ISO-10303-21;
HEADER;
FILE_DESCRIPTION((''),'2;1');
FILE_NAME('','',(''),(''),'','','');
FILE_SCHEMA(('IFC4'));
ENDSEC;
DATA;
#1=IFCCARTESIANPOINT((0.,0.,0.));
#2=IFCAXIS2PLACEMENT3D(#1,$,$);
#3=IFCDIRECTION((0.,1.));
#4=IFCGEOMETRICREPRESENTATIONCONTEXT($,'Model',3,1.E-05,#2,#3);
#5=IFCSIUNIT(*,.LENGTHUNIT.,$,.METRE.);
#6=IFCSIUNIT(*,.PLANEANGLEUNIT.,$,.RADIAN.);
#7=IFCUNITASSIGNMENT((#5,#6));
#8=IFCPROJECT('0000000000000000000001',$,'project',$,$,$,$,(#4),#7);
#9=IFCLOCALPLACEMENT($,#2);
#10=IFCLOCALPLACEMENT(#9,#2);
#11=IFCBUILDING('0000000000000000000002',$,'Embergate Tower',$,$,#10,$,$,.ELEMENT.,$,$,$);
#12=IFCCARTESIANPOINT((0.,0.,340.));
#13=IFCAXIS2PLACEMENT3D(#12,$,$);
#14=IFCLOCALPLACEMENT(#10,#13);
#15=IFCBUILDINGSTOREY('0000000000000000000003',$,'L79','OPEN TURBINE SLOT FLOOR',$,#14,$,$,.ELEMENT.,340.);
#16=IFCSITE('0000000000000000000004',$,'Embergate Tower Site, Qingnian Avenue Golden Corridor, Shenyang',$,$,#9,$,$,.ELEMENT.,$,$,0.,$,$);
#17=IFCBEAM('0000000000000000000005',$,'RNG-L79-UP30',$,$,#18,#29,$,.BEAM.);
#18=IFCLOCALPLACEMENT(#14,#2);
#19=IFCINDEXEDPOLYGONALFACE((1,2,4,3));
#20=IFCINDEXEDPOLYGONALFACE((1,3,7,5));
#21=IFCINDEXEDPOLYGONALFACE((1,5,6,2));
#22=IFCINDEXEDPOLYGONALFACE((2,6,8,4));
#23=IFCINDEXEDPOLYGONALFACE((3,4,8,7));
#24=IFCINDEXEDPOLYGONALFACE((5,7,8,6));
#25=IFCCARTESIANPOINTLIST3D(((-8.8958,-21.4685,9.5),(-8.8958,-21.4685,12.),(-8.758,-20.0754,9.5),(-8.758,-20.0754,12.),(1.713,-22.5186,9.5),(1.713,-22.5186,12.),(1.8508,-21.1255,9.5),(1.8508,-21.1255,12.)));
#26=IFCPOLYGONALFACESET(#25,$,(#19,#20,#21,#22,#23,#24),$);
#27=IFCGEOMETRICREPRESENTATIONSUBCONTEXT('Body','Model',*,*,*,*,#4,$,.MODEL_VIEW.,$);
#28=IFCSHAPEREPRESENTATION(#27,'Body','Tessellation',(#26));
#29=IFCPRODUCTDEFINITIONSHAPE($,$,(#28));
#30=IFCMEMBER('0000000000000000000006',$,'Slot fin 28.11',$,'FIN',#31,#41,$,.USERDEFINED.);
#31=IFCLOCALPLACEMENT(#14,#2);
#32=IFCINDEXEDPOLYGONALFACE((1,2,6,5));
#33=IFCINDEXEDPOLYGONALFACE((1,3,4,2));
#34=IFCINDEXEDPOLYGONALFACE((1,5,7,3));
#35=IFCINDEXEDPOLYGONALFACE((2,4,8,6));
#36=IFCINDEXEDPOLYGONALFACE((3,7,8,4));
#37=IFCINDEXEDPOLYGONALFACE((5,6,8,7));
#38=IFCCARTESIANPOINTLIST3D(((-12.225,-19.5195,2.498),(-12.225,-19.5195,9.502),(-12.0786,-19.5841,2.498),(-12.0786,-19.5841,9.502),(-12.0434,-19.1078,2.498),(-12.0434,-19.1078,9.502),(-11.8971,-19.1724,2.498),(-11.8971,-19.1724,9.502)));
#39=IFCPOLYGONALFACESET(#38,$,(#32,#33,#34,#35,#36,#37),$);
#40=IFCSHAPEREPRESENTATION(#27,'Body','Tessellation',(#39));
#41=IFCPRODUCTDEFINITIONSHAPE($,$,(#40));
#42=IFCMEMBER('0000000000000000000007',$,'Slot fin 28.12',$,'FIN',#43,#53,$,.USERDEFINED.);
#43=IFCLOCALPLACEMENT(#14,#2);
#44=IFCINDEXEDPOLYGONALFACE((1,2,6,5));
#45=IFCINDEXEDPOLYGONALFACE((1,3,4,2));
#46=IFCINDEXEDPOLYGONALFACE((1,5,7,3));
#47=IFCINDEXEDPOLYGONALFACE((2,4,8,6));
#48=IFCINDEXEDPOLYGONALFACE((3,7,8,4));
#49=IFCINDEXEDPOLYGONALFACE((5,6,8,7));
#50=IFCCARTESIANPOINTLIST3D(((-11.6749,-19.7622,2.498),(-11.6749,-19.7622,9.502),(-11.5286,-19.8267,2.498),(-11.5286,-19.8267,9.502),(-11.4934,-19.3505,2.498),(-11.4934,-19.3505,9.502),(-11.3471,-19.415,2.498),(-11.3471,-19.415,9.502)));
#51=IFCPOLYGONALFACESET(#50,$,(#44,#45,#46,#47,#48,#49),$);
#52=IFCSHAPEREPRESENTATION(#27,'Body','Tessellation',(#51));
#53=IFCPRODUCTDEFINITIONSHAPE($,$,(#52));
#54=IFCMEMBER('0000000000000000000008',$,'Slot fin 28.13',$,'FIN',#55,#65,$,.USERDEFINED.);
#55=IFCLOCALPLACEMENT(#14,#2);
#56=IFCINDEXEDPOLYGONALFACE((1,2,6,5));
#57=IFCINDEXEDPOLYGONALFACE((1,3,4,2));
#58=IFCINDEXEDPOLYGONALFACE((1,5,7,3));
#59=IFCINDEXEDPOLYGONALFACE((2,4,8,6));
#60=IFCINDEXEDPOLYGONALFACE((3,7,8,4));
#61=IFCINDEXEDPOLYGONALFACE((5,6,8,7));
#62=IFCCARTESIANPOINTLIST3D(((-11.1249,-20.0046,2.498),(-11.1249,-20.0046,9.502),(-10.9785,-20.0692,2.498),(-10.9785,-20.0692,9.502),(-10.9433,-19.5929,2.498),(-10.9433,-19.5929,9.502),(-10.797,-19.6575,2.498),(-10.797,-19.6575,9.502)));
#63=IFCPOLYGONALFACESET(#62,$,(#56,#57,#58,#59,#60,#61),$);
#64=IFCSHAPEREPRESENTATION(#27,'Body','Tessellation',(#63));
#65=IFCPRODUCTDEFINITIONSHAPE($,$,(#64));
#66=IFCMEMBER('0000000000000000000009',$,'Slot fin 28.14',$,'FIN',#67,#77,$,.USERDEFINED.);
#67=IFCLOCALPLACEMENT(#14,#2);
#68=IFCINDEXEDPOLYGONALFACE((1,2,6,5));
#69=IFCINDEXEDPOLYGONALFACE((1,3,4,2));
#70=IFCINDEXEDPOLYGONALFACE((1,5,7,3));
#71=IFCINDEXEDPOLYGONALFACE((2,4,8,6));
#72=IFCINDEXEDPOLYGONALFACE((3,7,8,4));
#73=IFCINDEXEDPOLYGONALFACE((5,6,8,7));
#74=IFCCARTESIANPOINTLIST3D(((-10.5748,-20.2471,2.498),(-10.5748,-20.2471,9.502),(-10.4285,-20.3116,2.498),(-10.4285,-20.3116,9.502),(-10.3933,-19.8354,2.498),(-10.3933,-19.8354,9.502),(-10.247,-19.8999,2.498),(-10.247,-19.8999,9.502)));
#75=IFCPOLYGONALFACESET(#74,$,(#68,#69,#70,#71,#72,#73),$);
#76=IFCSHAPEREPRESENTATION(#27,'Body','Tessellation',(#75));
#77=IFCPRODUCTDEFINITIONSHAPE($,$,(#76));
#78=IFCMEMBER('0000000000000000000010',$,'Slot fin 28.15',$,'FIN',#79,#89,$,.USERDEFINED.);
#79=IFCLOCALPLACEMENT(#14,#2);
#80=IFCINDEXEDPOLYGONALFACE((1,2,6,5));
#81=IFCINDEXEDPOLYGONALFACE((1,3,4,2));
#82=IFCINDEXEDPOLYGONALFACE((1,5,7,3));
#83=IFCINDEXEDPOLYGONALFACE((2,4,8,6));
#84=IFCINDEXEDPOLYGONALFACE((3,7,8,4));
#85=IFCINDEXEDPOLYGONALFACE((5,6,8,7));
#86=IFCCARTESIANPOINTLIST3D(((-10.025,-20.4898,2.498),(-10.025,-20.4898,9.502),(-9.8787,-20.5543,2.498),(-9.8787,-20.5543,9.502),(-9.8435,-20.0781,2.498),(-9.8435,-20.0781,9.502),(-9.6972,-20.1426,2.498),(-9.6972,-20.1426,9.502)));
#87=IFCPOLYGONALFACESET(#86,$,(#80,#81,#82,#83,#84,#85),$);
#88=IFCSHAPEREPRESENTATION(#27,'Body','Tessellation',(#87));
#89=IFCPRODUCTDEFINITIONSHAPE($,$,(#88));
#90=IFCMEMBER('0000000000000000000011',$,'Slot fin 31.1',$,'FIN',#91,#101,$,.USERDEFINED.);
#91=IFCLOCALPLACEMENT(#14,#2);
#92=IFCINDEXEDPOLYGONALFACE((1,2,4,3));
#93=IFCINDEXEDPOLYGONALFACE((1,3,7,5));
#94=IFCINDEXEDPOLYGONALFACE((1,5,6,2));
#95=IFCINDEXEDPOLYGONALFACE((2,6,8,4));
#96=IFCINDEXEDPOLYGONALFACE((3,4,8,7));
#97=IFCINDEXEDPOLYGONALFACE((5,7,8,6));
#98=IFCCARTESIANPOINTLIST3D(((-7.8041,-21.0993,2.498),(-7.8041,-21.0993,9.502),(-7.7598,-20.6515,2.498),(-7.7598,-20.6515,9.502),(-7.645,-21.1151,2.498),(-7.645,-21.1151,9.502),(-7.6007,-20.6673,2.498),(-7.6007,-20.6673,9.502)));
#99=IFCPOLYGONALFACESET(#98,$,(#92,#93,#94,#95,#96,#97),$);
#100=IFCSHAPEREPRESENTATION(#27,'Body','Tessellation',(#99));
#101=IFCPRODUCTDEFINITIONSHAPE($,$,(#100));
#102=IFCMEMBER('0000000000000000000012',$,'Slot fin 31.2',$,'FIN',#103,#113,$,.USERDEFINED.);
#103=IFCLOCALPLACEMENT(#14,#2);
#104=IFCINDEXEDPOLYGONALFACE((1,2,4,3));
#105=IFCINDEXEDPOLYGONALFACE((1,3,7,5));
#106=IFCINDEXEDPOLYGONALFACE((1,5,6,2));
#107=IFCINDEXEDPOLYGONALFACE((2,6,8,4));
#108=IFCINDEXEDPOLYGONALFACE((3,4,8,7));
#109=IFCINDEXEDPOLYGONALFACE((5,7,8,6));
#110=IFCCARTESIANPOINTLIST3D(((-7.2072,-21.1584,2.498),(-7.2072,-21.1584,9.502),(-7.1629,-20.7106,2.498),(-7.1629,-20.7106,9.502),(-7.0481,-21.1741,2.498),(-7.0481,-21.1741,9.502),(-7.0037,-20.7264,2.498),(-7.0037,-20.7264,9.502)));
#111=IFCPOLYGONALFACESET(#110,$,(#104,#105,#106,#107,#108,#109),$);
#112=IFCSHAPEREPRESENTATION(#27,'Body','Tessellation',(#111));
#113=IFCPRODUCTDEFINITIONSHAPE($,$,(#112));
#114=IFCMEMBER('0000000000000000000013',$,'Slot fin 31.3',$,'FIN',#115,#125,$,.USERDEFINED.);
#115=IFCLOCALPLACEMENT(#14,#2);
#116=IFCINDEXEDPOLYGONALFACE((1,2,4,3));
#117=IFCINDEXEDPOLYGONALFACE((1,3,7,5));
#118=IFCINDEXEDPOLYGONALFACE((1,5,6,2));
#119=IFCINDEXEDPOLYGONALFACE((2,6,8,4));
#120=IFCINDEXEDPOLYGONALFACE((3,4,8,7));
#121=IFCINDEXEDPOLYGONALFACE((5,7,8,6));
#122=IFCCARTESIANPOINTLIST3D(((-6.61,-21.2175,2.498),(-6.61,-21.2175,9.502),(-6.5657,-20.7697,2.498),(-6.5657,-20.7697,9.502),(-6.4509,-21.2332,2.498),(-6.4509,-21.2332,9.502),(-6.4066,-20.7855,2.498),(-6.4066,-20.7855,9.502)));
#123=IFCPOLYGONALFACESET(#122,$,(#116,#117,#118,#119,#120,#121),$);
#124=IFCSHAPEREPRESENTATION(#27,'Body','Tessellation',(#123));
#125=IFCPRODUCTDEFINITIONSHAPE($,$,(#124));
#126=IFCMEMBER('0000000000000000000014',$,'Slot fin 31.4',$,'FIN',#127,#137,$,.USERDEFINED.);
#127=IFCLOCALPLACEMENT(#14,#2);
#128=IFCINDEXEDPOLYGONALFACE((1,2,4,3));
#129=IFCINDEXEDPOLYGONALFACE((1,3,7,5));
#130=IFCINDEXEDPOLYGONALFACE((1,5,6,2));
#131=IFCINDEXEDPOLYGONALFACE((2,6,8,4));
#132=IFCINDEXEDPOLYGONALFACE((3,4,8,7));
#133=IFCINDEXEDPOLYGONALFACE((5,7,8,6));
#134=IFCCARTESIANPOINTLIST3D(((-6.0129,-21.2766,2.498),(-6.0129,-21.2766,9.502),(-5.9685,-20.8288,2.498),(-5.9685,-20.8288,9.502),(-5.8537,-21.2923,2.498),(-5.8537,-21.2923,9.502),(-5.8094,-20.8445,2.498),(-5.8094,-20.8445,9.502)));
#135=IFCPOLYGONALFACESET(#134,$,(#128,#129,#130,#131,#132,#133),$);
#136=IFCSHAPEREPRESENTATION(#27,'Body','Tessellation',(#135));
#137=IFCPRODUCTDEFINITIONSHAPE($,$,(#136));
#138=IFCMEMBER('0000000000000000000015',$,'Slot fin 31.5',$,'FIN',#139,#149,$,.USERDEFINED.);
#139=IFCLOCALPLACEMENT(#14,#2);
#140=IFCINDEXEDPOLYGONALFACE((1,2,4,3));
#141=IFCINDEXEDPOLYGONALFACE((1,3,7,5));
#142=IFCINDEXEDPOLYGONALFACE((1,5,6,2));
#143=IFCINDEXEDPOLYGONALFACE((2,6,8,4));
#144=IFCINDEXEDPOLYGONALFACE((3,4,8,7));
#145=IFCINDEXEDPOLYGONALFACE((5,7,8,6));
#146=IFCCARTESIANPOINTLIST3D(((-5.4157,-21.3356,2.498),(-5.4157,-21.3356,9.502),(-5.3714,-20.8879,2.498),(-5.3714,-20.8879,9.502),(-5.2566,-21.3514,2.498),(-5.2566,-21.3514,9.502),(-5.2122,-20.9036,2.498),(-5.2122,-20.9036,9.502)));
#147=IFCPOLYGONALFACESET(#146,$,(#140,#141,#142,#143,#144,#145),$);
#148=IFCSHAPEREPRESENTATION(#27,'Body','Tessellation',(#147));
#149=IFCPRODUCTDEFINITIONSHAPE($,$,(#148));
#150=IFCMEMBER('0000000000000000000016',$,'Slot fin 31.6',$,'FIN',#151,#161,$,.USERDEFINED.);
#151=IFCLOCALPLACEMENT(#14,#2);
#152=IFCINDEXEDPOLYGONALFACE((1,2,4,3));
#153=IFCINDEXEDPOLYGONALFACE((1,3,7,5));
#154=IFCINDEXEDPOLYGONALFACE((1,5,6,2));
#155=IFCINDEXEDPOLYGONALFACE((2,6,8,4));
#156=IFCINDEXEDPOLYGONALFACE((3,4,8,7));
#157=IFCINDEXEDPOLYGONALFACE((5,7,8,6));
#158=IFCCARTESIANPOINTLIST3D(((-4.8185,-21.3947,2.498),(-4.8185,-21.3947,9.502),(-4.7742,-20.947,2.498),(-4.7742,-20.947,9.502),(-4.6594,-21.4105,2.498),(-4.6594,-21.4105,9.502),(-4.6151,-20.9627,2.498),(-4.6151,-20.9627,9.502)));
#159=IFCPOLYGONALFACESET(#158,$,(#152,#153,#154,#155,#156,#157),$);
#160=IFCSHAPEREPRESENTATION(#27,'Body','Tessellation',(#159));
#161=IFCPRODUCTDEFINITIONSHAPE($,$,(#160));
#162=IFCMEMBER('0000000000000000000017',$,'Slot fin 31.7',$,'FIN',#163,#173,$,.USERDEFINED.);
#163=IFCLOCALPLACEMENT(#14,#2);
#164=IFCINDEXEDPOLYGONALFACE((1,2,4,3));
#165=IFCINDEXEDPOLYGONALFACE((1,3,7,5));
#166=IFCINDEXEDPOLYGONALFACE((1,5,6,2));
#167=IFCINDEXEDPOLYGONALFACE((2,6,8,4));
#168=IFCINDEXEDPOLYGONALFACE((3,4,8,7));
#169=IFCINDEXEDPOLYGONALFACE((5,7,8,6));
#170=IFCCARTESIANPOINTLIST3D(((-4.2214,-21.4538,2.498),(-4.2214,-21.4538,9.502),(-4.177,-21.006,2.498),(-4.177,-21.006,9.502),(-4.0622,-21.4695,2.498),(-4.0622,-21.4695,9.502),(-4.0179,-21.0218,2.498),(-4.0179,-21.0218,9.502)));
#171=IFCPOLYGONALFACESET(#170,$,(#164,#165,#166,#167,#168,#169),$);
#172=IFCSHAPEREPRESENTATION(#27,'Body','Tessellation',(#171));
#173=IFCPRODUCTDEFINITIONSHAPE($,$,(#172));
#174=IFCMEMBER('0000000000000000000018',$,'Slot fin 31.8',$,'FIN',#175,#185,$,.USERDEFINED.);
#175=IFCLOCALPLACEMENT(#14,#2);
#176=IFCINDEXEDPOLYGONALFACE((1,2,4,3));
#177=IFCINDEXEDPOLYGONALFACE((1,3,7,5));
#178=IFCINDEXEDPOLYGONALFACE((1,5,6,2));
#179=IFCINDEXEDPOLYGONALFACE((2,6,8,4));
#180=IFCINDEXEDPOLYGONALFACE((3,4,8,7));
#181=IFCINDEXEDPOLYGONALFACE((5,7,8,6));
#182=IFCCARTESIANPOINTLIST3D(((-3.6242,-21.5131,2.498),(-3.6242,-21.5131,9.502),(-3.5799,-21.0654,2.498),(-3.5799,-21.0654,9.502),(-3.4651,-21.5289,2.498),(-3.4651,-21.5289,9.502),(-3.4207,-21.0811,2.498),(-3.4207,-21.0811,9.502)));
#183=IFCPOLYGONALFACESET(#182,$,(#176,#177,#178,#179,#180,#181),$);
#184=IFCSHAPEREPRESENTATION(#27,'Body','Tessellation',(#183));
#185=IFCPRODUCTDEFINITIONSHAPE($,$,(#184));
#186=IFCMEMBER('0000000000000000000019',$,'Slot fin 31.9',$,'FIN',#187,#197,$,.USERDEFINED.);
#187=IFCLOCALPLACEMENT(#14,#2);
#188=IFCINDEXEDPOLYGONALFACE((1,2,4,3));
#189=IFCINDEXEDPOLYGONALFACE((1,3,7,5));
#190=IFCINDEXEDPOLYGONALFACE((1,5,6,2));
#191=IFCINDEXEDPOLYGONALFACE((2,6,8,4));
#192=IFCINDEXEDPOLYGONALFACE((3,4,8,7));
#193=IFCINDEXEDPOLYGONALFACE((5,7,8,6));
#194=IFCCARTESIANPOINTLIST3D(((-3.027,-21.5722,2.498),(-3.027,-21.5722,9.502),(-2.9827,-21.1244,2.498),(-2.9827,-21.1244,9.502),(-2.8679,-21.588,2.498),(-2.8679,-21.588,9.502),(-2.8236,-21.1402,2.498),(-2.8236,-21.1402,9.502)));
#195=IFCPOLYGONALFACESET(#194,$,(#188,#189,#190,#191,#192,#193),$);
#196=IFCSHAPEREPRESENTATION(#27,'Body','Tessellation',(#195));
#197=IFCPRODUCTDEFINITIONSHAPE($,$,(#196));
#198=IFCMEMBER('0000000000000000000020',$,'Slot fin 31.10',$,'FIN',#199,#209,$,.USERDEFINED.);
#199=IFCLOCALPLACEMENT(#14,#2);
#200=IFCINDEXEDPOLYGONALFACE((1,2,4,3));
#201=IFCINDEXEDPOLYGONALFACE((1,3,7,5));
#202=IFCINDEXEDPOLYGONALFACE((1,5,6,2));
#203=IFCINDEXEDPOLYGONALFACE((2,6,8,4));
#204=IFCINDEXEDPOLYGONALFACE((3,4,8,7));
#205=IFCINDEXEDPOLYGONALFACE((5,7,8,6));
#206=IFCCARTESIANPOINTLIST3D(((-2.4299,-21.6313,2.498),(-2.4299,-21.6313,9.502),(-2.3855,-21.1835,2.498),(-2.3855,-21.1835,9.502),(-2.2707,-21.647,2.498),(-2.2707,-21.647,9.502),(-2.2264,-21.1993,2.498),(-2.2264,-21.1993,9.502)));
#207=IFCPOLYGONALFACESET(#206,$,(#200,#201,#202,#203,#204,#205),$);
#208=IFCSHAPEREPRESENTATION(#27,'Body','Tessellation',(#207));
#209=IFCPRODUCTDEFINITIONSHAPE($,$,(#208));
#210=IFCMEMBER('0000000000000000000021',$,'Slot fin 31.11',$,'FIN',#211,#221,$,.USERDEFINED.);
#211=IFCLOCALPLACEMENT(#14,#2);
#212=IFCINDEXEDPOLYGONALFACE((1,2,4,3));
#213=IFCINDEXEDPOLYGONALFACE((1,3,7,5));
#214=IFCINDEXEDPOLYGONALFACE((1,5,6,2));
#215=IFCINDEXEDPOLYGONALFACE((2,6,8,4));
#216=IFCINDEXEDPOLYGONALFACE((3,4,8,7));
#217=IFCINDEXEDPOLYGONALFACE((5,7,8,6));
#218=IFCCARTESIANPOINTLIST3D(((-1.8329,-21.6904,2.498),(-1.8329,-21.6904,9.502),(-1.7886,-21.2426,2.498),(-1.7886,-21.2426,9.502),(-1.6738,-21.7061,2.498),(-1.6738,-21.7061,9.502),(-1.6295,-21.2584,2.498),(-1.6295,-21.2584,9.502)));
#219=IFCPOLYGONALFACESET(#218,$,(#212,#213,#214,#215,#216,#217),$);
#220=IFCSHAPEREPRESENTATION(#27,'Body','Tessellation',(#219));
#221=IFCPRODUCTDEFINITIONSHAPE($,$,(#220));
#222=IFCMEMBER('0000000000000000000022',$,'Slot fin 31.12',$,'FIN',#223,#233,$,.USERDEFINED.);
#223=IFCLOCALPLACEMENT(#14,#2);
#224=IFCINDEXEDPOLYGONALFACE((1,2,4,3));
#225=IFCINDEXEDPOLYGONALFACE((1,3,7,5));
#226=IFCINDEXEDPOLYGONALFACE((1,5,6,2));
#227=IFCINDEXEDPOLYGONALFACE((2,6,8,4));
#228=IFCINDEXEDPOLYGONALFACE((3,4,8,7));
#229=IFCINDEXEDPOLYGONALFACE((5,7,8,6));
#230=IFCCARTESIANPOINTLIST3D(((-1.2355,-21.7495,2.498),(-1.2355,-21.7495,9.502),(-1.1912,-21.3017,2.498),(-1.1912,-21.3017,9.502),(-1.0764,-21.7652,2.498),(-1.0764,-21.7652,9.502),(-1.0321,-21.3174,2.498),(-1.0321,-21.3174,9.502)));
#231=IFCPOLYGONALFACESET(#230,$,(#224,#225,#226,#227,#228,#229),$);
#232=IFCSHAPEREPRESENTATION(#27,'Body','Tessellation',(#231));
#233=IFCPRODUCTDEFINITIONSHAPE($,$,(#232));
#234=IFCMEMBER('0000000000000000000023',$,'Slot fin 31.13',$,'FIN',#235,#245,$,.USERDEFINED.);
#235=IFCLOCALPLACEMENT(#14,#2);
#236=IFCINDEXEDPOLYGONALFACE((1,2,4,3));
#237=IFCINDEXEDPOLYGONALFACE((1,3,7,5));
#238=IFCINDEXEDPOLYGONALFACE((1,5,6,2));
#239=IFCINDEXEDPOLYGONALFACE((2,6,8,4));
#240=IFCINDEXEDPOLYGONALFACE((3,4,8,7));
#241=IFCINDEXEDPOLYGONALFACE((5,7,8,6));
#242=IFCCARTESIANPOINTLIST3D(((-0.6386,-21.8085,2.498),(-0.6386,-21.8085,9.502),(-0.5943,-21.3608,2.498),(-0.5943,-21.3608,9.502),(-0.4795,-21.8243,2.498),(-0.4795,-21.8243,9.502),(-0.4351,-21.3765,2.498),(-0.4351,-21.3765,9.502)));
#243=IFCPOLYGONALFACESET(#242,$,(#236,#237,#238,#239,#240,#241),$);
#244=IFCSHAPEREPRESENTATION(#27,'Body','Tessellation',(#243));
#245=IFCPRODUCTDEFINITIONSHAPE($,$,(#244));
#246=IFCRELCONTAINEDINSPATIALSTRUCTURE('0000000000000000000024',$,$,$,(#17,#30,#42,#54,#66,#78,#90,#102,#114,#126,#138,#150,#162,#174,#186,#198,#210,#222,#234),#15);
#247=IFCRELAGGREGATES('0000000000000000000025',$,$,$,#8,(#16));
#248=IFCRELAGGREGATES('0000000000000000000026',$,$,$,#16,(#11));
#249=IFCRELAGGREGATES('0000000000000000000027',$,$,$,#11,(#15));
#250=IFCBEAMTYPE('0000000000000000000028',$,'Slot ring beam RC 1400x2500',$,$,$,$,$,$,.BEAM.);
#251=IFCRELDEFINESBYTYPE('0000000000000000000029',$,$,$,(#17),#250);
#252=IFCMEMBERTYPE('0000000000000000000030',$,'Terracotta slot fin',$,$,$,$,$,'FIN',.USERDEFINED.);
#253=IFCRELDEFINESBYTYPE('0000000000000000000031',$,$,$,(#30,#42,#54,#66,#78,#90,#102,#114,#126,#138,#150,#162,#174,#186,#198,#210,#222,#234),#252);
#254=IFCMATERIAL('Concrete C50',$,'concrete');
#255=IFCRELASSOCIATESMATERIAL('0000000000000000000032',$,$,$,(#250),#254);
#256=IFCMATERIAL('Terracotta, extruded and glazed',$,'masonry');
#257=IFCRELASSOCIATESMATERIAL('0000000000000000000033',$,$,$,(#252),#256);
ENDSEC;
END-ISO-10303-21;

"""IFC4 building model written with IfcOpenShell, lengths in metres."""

from ifc_helpers import new_model, si_unit, direction, frame, origin, origin_2d, place, context, subcontext, project, spatial, rectangle, extrude, source, transform, mapped, material, material_profile, profile_set, type_object, element, save


model = new_model("IFC4")

# Units and contexts
model_context = context("Model", 3, precision=1e-05, world=origin(), true_north=direction((0.0, 1.0)))
body_context = subcontext(model_context, "Body", "Model", "MODEL_VIEW")
ifc_project = project(units=[si_unit("LENGTHUNIT", "METRE"), si_unit("PLANEANGLEUNIT", "RADIAN")], contexts=[model_context])

# Site, building, storey
site_placement = place(None, origin())
site = spatial("IfcSite", under=ifc_project, at=site_placement, Name="Embergate Tower Site, Qingnian Avenue Golden Corridor, Shenyang", CompositionType="ELEMENT", RefElevation=0.0)
building_placement = place(site_placement, origin())
building = spatial("IfcBuilding", under=site, at=building_placement, Name="Embergate Tower", CompositionType="ELEMENT")
storey_placement = place(building_placement, frame((0.0, 0.0, 340.0)))
storey = spatial("IfcBuildingStorey", under=building, at=storey_placement, Name="L79", Description="OPEN TURBINE SLOT FLOOR", CompositionType="ELEMENT", Elevation=340.0)

# Shared definitions
ifc_material_1 = material(Name="Concrete C50", Category="concrete")

# Beam
ifc_material_profile_1 = material_profile(ifc_material_1, rectangle(XDim=1.3999, YDim=2.5, at=origin_2d()), Name="RC 1400x2500")
ifc_profile_set_1 = profile_set([ifc_material_profile_1], Name="Concrete C50")
beam_type_1 = type_object("IfcBeamType", Name="Slot ring beam RC 1400x2500", PredefinedType="BEAM", material=ifc_profile_set_1)
shared_shape_1 = source(origin(), body_context, "Body", "SweptSolid", [
    extrude(rectangle(XDim=1.3999, YDim=2.5, at=origin_2d()), origin(), (0.0, 0.0, 1.0), 10.6606),
])
for number, where, z_axis, x_axis, name in (
    (1, (-8.8269, -20.772, 10.75), (0.995137, -0.098497, 0.0), (0.098497, 0.995137, 0.0), "RNG-L79-UP30"),
):
    element("IfcBeam", number, at=place(storey_placement, frame(where, z_axis=z_axis, x_axis=x_axis)), inside=storey, type_object=beam_type_1, Name=name, PredefinedType="BEAM", context=body_context, shape_type="MappedRepresentation", body=[
        mapped(shared_shape_1, transform((0.0, 0.0, 0.0))),
    ])

# Members
ifc_material_2 = material(Name="Terracotta, extruded and glazed", Category="masonry")
ifc_material_profile_2 = material_profile(ifc_material_2, rectangle(XDim=0.45, YDim=0.1599, at=origin_2d()), Name="TC 450x160")
ifc_profile_set_2 = profile_set([ifc_material_profile_2], Name="Terracotta, extruded and glazed")
member_type_1 = type_object("IfcMemberType", Name="Terracotta slot fin", ElementType="FIN", PredefinedType="USERDEFINED", material=ifc_profile_set_2)
shared_shape_2 = source(origin(), body_context, "Body", "SweptSolid", [
    extrude(rectangle(XDim=0.45, YDim=0.1599, at=origin_2d()), origin(), (0.0, 0.0, 1.0), 7.0039),
])
for number, where, z_axis, x_axis, name in (
    (2, (-12.061, -19.3459, 2.498), (0.0, 0.0, 1.0), (0.403451, 0.915001, 0.0), "Slot fin 28.11"),
    (3, (-11.511, -19.5886, 2.498), (0.0, 0.0, 1.0), (0.403451, 0.915001, 0.0), "Slot fin 28.12"),
    (4, (-10.9609, -19.8311, 2.498), (0.0, 0.0, 1.0), (0.403451, 0.915001, 0.0), "Slot fin 28.13"),
    (5, (-10.4109, -20.0735, 2.498), (0.0, 0.0, 1.0), (0.403451, 0.915001, 0.0), "Slot fin 28.14"),
    (6, (-9.8611, -20.3162, 2.498), (0.0, 0.0, 1.0), (0.403451, 0.915001, 0.0), "Slot fin 28.15"),
    (7, (-7.7024, -20.8833, 2.498), (0.0, 0.0, 1.0), (0.098491, 0.995138, 0.0), "Slot fin 31.1"),
    (8, (-7.1055, -20.9424, 2.498), (0.0, 0.0, 1.0), (0.098491, 0.995138, 0.0), "Slot fin 31.2"),
    (9, (-6.5083, -21.0015, 2.498), (0.0, 0.0, 1.0), (0.098491, 0.995138, 0.0), "Slot fin 31.3"),
    (10, (-5.9111, -21.0605, 2.498), (0.0, 0.0, 1.0), (0.098491, 0.995138, 0.0), "Slot fin 31.4"),
    (11, (-5.314, -21.1196, 2.498), (0.0, 0.0, 1.0), (0.098491, 0.995138, 0.0), "Slot fin 31.5"),
    (12, (-4.7168, -21.1787, 2.498), (0.0, 0.0, 1.0), (0.098491, 0.995138, 0.0), "Slot fin 31.6"),
    (13, (-4.1196, -21.2378, 2.498), (0.0, 0.0, 1.0), (0.098491, 0.995138, 0.0), "Slot fin 31.7"),
    (14, (-3.5225, -21.2971, 2.498), (0.0, 0.0, 1.0), (0.098491, 0.995138, 0.0), "Slot fin 31.8"),
    (15, (-2.9253, -21.3562, 2.498), (0.0, 0.0, 1.0), (0.098491, 0.995138, 0.0), "Slot fin 31.9"),
    (16, (-2.3281, -21.4153, 2.498), (0.0, 0.0, 1.0), (0.098491, 0.995138, 0.0), "Slot fin 31.10"),
    (17, (-1.7312, -21.4744, 2.498), (0.0, 0.0, 1.0), (0.098491, 0.995138, 0.0), "Slot fin 31.11"),
    (18, (-1.1338, -21.5334, 2.498), (0.0, 0.0, 1.0), (0.098491, 0.995138, 0.0), "Slot fin 31.12"),
    (19, (-0.5369, -21.5925, 2.498), (0.0, 0.0, 1.0), (0.098491, 0.995138, 0.0), "Slot fin 31.13"),
):
    element("IfcMember", number, at=place(storey_placement, frame(where, z_axis=z_axis, x_axis=x_axis)), inside=storey, type_object=member_type_1, Name=name, ObjectType="FIN", PredefinedType="USERDEFINED", context=body_context, shape_type="MappedRepresentation", body=[
        mapped(shared_shape_2, transform((0.0, 0.0, 0.0))),
    ])

save(model, "model.ifc")
